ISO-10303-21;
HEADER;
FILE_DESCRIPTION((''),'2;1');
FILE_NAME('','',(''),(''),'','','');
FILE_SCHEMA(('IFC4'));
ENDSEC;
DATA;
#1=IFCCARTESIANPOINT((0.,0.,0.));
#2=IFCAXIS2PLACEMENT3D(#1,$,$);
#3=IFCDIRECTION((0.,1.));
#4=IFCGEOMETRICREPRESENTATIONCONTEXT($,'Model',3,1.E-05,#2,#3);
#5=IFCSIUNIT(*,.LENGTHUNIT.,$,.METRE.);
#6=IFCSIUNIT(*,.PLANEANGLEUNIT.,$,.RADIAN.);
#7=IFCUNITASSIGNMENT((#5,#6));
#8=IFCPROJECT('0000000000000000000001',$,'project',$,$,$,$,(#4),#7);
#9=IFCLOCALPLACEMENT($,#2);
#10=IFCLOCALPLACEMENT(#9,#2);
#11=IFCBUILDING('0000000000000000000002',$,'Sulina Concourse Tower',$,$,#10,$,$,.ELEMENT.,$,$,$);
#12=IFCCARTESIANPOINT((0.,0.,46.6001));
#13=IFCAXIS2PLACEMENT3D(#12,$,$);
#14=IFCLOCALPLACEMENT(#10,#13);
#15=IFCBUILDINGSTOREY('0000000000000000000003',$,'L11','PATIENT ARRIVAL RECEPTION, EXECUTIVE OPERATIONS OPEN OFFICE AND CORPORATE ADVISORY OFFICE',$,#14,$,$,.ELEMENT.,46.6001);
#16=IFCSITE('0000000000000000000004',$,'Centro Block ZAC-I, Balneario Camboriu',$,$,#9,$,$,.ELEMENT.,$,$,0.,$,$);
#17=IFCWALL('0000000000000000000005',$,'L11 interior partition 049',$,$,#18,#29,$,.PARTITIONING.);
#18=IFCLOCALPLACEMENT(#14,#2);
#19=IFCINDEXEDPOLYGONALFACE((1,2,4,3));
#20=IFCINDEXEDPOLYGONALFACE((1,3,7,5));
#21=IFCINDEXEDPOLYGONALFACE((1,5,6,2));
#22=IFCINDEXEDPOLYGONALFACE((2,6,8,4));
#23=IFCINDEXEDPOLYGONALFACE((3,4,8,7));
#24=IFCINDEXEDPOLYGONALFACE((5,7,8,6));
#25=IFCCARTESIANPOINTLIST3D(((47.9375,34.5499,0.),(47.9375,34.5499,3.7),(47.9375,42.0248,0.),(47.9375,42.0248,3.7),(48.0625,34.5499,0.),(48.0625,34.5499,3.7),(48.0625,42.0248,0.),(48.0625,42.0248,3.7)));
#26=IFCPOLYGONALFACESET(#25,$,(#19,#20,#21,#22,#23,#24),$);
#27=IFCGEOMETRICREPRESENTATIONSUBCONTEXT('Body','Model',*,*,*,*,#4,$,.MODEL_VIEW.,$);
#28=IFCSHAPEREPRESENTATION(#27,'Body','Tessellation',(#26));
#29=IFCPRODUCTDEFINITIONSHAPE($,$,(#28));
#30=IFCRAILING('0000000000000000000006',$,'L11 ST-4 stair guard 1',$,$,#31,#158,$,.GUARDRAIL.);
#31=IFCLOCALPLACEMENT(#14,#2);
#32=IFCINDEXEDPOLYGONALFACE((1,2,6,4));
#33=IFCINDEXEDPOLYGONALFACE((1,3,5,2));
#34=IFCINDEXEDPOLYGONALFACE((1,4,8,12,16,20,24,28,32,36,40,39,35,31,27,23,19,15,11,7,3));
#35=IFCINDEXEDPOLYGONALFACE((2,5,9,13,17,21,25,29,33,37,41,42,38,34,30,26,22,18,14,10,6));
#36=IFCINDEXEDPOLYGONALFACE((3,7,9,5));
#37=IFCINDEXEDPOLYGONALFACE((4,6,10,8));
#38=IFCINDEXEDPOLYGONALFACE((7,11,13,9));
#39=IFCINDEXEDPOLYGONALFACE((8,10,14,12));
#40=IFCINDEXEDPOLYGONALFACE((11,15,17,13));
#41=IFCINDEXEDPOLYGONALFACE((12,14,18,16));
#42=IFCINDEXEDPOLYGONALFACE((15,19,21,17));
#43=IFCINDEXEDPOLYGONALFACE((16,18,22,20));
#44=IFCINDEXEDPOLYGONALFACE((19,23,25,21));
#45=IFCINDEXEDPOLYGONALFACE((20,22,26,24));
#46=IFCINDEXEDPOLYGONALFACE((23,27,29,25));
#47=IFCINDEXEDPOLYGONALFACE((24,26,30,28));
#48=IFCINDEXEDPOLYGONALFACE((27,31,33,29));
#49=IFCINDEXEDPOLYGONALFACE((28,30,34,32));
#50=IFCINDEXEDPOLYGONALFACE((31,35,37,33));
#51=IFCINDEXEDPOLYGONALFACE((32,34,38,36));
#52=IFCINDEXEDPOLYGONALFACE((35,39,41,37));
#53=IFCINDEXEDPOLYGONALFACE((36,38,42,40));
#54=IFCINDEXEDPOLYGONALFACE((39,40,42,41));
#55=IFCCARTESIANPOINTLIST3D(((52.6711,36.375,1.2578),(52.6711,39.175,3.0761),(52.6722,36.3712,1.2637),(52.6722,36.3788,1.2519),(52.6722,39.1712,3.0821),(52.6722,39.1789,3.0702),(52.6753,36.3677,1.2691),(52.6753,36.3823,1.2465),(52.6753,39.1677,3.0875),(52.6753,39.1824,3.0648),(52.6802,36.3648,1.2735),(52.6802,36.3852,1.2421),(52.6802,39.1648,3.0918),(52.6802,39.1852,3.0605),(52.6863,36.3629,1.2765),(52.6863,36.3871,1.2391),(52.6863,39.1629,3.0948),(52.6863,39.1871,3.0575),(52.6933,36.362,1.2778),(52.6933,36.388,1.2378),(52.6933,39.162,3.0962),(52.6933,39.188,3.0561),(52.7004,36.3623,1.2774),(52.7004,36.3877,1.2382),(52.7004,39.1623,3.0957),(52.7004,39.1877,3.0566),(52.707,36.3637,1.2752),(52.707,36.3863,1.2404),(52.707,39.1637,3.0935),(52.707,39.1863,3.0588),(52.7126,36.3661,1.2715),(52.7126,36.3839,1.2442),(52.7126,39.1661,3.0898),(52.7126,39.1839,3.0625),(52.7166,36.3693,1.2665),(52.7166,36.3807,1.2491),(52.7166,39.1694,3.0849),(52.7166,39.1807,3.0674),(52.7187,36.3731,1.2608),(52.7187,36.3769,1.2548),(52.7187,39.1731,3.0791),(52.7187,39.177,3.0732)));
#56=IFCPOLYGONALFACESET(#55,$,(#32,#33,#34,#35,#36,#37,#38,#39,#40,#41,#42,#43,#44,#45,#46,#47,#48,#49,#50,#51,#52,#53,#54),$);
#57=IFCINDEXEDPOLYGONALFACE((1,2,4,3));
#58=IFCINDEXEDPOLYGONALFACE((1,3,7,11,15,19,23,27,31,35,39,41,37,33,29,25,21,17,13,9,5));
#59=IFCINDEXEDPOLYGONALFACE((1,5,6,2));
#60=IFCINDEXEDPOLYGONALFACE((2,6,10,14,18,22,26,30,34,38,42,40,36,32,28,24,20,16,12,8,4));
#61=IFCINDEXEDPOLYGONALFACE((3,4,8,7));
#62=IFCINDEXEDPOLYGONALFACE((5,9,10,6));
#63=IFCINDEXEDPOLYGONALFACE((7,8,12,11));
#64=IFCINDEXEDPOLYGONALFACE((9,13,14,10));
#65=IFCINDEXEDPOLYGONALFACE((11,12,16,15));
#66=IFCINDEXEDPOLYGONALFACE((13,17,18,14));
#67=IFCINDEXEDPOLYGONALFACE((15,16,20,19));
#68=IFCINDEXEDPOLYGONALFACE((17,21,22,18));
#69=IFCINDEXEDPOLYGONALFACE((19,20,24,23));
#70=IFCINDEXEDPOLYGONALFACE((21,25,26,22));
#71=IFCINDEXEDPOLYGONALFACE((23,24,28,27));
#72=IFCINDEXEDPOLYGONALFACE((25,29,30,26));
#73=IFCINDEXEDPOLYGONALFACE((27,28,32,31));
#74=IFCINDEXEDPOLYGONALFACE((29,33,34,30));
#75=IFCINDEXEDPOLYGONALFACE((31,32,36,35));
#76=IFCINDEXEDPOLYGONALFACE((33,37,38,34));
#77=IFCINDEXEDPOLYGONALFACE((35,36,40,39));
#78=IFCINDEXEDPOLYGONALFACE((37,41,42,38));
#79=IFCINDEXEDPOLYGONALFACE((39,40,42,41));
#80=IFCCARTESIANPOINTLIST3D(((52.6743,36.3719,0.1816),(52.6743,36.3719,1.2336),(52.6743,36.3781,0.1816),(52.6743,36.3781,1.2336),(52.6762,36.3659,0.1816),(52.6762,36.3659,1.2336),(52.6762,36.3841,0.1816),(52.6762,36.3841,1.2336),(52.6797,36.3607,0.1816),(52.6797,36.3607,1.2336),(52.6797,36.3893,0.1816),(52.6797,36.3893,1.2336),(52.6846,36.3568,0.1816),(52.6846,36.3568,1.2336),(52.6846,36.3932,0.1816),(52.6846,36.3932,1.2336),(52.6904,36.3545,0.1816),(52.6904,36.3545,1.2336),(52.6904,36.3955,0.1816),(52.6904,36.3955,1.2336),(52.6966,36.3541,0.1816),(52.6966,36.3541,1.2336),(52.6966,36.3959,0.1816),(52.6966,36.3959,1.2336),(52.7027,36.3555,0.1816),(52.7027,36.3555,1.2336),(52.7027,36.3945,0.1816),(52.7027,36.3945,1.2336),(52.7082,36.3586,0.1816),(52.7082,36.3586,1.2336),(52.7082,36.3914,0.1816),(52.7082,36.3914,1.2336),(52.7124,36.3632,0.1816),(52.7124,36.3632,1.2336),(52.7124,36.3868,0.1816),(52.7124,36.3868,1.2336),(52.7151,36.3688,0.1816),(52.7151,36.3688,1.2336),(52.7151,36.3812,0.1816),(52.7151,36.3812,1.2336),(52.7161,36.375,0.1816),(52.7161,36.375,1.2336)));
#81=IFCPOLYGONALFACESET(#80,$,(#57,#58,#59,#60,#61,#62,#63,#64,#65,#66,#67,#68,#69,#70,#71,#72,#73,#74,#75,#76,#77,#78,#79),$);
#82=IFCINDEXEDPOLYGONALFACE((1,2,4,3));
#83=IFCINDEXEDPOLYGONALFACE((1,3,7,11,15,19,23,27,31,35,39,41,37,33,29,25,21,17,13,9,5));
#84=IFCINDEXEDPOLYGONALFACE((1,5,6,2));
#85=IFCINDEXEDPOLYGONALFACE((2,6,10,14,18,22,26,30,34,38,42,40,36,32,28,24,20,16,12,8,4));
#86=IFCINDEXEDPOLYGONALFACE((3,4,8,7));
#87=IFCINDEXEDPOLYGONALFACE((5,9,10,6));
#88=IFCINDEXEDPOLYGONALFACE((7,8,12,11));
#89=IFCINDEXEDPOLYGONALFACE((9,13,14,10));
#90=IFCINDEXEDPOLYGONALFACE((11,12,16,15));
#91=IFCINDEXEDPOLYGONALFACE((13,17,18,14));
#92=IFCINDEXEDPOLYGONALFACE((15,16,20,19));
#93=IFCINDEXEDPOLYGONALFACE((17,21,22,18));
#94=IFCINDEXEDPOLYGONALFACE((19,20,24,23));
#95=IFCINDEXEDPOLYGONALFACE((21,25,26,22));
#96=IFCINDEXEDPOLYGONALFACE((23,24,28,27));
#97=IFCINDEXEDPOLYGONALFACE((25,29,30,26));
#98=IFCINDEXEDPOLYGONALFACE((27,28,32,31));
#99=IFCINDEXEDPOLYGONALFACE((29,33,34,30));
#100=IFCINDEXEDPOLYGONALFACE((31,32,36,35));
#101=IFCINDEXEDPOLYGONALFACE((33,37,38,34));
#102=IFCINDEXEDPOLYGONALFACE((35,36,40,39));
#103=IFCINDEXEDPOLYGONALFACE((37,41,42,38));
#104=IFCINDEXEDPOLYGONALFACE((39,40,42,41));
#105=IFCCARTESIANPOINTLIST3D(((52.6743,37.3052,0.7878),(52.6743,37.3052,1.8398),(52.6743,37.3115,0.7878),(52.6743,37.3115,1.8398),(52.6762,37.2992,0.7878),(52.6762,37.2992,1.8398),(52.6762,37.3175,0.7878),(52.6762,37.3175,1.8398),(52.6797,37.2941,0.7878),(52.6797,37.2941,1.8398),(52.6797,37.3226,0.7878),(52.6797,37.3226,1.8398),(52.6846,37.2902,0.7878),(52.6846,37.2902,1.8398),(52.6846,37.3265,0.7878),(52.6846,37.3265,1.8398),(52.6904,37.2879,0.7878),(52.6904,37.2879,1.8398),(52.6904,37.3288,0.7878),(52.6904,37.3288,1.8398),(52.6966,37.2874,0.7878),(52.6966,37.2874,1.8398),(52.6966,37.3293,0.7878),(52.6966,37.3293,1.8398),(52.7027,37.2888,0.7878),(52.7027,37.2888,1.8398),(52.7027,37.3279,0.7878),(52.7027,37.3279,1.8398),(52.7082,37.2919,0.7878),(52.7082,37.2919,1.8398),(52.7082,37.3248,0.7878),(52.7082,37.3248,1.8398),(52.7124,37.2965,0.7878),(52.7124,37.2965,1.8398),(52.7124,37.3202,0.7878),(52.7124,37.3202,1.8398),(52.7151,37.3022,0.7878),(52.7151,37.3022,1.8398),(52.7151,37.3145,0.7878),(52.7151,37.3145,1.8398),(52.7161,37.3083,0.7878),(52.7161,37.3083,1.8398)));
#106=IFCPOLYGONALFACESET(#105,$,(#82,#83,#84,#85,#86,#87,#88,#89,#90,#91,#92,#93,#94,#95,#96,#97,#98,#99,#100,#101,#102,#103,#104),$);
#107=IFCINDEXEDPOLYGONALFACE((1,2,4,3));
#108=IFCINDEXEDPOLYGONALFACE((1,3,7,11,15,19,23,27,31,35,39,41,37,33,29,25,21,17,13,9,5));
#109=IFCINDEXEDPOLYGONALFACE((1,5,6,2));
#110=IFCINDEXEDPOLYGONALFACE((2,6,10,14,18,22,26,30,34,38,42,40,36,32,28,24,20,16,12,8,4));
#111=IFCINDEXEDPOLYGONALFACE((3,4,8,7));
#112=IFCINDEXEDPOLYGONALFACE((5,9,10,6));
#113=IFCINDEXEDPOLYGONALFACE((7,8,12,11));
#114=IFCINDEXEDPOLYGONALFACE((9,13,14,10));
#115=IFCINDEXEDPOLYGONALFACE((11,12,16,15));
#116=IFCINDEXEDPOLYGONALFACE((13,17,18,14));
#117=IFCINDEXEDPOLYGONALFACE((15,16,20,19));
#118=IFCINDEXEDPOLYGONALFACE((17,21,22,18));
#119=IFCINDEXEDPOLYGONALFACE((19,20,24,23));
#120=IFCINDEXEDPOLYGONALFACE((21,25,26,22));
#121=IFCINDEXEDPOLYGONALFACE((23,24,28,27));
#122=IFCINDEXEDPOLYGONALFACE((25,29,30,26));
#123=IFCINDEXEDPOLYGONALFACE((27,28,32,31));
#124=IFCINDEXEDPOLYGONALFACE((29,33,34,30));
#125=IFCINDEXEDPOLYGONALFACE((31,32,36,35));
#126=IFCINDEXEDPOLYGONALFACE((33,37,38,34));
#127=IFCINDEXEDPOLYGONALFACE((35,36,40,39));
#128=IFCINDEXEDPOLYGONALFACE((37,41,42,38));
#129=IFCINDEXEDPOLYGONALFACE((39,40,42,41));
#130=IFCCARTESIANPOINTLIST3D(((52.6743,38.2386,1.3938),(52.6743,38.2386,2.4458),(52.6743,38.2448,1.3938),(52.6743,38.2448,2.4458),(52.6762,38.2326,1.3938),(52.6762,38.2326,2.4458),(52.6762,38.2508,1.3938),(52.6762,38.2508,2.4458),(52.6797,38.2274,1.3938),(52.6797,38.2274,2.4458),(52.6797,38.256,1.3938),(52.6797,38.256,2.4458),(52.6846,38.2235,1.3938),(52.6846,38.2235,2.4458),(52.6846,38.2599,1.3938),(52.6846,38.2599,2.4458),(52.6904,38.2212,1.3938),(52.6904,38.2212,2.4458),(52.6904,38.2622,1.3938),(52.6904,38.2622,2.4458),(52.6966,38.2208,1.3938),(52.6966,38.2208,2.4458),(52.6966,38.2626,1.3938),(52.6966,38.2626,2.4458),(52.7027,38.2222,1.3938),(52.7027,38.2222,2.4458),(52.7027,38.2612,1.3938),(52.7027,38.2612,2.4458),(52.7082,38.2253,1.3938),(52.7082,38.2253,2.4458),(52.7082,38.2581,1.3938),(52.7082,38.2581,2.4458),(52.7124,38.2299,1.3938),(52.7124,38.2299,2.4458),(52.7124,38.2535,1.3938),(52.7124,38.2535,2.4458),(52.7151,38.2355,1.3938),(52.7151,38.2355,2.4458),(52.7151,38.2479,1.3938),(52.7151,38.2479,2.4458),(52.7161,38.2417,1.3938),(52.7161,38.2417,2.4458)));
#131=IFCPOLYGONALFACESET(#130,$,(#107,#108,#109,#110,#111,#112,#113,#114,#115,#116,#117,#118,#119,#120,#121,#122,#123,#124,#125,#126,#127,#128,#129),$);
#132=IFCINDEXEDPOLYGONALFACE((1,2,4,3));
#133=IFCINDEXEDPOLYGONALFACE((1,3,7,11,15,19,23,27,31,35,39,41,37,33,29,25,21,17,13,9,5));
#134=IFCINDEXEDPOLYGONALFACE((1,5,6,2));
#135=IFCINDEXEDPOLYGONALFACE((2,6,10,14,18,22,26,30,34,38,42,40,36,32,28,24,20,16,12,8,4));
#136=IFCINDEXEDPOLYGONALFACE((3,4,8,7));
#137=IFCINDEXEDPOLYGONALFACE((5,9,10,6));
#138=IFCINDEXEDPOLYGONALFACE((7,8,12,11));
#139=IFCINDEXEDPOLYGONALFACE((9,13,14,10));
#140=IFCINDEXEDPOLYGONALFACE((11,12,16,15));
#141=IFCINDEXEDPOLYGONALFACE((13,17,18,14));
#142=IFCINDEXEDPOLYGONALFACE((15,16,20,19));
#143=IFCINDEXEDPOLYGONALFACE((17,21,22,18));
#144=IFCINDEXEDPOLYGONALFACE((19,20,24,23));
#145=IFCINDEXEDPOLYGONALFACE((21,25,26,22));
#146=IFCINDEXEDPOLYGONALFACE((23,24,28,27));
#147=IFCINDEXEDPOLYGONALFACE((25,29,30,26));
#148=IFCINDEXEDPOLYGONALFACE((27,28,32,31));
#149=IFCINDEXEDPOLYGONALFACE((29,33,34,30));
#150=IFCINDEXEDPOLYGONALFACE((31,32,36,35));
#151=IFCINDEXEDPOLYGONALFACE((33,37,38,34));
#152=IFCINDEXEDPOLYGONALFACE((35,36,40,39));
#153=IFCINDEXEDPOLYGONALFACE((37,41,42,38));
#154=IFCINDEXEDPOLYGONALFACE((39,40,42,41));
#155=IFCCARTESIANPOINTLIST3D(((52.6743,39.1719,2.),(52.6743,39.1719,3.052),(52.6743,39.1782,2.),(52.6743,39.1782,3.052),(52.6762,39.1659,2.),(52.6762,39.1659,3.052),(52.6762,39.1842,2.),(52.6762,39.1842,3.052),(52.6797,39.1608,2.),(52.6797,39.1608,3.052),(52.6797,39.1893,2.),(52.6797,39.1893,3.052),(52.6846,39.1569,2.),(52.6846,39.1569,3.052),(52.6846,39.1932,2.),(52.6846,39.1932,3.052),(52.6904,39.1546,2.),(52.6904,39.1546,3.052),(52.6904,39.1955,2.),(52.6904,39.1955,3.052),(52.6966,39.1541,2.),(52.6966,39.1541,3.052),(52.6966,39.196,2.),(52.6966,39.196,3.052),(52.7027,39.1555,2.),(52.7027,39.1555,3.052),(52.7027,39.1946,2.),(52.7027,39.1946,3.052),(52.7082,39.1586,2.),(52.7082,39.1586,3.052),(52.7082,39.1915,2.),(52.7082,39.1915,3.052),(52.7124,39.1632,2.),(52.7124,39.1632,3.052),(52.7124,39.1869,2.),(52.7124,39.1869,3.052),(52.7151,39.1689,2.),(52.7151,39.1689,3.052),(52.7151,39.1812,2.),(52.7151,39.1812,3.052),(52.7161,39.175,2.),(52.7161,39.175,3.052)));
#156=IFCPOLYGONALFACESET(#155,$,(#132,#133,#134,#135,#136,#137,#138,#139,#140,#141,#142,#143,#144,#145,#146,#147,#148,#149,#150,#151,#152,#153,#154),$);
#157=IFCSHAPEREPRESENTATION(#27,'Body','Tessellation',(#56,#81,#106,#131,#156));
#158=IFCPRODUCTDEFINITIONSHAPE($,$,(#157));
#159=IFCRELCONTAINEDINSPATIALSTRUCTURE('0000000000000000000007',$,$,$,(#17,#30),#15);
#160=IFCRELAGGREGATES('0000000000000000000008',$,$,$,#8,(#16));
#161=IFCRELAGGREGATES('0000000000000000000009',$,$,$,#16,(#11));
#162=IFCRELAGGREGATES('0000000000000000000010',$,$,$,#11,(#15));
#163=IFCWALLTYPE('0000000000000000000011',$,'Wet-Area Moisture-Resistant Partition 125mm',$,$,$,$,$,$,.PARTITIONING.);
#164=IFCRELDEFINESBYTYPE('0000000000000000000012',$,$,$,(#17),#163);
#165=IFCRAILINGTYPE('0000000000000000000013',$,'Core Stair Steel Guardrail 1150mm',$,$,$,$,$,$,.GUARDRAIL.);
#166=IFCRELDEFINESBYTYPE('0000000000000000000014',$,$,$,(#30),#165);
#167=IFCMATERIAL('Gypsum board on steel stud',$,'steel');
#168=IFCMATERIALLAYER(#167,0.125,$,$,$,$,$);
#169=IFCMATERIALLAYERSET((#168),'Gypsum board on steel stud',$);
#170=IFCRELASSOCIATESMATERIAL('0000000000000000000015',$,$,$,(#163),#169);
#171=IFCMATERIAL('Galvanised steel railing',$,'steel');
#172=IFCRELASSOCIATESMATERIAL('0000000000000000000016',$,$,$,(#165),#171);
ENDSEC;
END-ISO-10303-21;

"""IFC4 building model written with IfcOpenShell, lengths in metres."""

from ifc_helpers import new_model, si_unit, direction, frame, frame_2d, origin, origin_2d, place, context, subcontext, project, spatial, rectangle, circle, extrude, material, layer, layer_set, type_object, element, save


model = new_model("IFC4")

# Units and contexts
model_context = context("Model", 3, precision=1e-05, world=origin(), true_north=direction((0.0, 1.0)))
body_context = subcontext(model_context, "Body", "Model", "MODEL_VIEW")
ifc_project = project(units=[si_unit("LENGTHUNIT", "METRE"), si_unit("PLANEANGLEUNIT", "RADIAN")], contexts=[model_context])

# Site, building, storey
site_placement = place(None, origin())
site = spatial("IfcSite", under=ifc_project, at=site_placement, Name="Centro Block ZAC-I, Balneario Camboriu", CompositionType="ELEMENT", RefElevation=0.0)
building_placement = place(site_placement, origin())
building = spatial("IfcBuilding", under=site, at=building_placement, Name="Sulina Concourse Tower", CompositionType="ELEMENT")
storey_placement = place(building_placement, frame((0.0, 0.0, 46.6001)))
storey = spatial("IfcBuildingStorey", under=building, at=storey_placement, Name="L11", Description="PATIENT ARRIVAL RECEPTION, EXECUTIVE OPERATIONS OPEN OFFICE AND CORPORATE ADVISORY OFFICE", CompositionType="ELEMENT", Elevation=46.6001)

# Wall
ifc_material_1 = material(Name="Gypsum board on steel stud", Category="steel")
ifc_layer_1 = layer(ifc_material_1, 0.125)
ifc_layer_set_1 = layer_set([ifc_layer_1], Name="Gypsum board on steel stud")
wall_type_1 = type_object("IfcWallType", Name="Wet-Area Moisture-Resistant Partition 125mm", PredefinedType="PARTITIONING", material=ifc_layer_set_1)
wall_1_placement = place(storey_placement, frame((48.0, 34.55, 0.0), z_axis=(0.0, 0.0, 1.0), x_axis=(0.0, 1.0, 0.0)))
element("IfcWall", 1, at=wall_1_placement, inside=storey, type_object=wall_type_1, Name="L11 interior partition 049", PredefinedType="PARTITIONING", context=body_context, shape_type="SweptSolid", body=[
    extrude(rectangle(XDim=7.4749, YDim=0.125, at=frame_2d((3.7373, 0.0))), origin(), (0.0, 0.0, 1.0), 3.7),
])

# Railing
ifc_material_2 = material(Name="Galvanised steel railing", Category="steel")
railing_type_1 = type_object("IfcRailingType", Name="Core Stair Steel Guardrail 1150mm", PredefinedType="GUARDRAIL", material=ifc_material_2)
railing_1_placement = place(storey_placement, frame((52.6951, 36.375, 0.1816)))
element("IfcRailing", 2, at=railing_1_placement, inside=storey, type_object=railing_type_1, Name="L11 ST-4 stair guard 1", PredefinedType="GUARDRAIL", context=body_context, shape_type="SweptSolid", body=[
    extrude(circle(Radius=0.0239, at=origin_2d()), frame((0.0, 0.0, 1.0762), z_axis=(0.0, 0.838672, 0.544636), x_axis=(-1.0, 0.0, 0.0)), (0.0, 0.0, 1.0), 3.3386),
    extrude(circle(Radius=0.021, at=origin_2d()), origin(), (0.0, 0.0, 1.0), 1.052),
    extrude(circle(Radius=0.021, at=origin_2d()), frame((0.0, 0.9333, 0.6062)), (0.0, 0.0, 1.0), 1.052),
    extrude(circle(Radius=0.021, at=origin_2d()), frame((0.0, 1.8667, 1.2122)), (0.0, 0.0, 1.0), 1.052),
    extrude(circle(Radius=0.021, at=origin_2d()), frame((0.0, 2.8, 1.8184)), (0.0, 0.0, 1.0), 1.052),
])

save(model, "model.ifc")
